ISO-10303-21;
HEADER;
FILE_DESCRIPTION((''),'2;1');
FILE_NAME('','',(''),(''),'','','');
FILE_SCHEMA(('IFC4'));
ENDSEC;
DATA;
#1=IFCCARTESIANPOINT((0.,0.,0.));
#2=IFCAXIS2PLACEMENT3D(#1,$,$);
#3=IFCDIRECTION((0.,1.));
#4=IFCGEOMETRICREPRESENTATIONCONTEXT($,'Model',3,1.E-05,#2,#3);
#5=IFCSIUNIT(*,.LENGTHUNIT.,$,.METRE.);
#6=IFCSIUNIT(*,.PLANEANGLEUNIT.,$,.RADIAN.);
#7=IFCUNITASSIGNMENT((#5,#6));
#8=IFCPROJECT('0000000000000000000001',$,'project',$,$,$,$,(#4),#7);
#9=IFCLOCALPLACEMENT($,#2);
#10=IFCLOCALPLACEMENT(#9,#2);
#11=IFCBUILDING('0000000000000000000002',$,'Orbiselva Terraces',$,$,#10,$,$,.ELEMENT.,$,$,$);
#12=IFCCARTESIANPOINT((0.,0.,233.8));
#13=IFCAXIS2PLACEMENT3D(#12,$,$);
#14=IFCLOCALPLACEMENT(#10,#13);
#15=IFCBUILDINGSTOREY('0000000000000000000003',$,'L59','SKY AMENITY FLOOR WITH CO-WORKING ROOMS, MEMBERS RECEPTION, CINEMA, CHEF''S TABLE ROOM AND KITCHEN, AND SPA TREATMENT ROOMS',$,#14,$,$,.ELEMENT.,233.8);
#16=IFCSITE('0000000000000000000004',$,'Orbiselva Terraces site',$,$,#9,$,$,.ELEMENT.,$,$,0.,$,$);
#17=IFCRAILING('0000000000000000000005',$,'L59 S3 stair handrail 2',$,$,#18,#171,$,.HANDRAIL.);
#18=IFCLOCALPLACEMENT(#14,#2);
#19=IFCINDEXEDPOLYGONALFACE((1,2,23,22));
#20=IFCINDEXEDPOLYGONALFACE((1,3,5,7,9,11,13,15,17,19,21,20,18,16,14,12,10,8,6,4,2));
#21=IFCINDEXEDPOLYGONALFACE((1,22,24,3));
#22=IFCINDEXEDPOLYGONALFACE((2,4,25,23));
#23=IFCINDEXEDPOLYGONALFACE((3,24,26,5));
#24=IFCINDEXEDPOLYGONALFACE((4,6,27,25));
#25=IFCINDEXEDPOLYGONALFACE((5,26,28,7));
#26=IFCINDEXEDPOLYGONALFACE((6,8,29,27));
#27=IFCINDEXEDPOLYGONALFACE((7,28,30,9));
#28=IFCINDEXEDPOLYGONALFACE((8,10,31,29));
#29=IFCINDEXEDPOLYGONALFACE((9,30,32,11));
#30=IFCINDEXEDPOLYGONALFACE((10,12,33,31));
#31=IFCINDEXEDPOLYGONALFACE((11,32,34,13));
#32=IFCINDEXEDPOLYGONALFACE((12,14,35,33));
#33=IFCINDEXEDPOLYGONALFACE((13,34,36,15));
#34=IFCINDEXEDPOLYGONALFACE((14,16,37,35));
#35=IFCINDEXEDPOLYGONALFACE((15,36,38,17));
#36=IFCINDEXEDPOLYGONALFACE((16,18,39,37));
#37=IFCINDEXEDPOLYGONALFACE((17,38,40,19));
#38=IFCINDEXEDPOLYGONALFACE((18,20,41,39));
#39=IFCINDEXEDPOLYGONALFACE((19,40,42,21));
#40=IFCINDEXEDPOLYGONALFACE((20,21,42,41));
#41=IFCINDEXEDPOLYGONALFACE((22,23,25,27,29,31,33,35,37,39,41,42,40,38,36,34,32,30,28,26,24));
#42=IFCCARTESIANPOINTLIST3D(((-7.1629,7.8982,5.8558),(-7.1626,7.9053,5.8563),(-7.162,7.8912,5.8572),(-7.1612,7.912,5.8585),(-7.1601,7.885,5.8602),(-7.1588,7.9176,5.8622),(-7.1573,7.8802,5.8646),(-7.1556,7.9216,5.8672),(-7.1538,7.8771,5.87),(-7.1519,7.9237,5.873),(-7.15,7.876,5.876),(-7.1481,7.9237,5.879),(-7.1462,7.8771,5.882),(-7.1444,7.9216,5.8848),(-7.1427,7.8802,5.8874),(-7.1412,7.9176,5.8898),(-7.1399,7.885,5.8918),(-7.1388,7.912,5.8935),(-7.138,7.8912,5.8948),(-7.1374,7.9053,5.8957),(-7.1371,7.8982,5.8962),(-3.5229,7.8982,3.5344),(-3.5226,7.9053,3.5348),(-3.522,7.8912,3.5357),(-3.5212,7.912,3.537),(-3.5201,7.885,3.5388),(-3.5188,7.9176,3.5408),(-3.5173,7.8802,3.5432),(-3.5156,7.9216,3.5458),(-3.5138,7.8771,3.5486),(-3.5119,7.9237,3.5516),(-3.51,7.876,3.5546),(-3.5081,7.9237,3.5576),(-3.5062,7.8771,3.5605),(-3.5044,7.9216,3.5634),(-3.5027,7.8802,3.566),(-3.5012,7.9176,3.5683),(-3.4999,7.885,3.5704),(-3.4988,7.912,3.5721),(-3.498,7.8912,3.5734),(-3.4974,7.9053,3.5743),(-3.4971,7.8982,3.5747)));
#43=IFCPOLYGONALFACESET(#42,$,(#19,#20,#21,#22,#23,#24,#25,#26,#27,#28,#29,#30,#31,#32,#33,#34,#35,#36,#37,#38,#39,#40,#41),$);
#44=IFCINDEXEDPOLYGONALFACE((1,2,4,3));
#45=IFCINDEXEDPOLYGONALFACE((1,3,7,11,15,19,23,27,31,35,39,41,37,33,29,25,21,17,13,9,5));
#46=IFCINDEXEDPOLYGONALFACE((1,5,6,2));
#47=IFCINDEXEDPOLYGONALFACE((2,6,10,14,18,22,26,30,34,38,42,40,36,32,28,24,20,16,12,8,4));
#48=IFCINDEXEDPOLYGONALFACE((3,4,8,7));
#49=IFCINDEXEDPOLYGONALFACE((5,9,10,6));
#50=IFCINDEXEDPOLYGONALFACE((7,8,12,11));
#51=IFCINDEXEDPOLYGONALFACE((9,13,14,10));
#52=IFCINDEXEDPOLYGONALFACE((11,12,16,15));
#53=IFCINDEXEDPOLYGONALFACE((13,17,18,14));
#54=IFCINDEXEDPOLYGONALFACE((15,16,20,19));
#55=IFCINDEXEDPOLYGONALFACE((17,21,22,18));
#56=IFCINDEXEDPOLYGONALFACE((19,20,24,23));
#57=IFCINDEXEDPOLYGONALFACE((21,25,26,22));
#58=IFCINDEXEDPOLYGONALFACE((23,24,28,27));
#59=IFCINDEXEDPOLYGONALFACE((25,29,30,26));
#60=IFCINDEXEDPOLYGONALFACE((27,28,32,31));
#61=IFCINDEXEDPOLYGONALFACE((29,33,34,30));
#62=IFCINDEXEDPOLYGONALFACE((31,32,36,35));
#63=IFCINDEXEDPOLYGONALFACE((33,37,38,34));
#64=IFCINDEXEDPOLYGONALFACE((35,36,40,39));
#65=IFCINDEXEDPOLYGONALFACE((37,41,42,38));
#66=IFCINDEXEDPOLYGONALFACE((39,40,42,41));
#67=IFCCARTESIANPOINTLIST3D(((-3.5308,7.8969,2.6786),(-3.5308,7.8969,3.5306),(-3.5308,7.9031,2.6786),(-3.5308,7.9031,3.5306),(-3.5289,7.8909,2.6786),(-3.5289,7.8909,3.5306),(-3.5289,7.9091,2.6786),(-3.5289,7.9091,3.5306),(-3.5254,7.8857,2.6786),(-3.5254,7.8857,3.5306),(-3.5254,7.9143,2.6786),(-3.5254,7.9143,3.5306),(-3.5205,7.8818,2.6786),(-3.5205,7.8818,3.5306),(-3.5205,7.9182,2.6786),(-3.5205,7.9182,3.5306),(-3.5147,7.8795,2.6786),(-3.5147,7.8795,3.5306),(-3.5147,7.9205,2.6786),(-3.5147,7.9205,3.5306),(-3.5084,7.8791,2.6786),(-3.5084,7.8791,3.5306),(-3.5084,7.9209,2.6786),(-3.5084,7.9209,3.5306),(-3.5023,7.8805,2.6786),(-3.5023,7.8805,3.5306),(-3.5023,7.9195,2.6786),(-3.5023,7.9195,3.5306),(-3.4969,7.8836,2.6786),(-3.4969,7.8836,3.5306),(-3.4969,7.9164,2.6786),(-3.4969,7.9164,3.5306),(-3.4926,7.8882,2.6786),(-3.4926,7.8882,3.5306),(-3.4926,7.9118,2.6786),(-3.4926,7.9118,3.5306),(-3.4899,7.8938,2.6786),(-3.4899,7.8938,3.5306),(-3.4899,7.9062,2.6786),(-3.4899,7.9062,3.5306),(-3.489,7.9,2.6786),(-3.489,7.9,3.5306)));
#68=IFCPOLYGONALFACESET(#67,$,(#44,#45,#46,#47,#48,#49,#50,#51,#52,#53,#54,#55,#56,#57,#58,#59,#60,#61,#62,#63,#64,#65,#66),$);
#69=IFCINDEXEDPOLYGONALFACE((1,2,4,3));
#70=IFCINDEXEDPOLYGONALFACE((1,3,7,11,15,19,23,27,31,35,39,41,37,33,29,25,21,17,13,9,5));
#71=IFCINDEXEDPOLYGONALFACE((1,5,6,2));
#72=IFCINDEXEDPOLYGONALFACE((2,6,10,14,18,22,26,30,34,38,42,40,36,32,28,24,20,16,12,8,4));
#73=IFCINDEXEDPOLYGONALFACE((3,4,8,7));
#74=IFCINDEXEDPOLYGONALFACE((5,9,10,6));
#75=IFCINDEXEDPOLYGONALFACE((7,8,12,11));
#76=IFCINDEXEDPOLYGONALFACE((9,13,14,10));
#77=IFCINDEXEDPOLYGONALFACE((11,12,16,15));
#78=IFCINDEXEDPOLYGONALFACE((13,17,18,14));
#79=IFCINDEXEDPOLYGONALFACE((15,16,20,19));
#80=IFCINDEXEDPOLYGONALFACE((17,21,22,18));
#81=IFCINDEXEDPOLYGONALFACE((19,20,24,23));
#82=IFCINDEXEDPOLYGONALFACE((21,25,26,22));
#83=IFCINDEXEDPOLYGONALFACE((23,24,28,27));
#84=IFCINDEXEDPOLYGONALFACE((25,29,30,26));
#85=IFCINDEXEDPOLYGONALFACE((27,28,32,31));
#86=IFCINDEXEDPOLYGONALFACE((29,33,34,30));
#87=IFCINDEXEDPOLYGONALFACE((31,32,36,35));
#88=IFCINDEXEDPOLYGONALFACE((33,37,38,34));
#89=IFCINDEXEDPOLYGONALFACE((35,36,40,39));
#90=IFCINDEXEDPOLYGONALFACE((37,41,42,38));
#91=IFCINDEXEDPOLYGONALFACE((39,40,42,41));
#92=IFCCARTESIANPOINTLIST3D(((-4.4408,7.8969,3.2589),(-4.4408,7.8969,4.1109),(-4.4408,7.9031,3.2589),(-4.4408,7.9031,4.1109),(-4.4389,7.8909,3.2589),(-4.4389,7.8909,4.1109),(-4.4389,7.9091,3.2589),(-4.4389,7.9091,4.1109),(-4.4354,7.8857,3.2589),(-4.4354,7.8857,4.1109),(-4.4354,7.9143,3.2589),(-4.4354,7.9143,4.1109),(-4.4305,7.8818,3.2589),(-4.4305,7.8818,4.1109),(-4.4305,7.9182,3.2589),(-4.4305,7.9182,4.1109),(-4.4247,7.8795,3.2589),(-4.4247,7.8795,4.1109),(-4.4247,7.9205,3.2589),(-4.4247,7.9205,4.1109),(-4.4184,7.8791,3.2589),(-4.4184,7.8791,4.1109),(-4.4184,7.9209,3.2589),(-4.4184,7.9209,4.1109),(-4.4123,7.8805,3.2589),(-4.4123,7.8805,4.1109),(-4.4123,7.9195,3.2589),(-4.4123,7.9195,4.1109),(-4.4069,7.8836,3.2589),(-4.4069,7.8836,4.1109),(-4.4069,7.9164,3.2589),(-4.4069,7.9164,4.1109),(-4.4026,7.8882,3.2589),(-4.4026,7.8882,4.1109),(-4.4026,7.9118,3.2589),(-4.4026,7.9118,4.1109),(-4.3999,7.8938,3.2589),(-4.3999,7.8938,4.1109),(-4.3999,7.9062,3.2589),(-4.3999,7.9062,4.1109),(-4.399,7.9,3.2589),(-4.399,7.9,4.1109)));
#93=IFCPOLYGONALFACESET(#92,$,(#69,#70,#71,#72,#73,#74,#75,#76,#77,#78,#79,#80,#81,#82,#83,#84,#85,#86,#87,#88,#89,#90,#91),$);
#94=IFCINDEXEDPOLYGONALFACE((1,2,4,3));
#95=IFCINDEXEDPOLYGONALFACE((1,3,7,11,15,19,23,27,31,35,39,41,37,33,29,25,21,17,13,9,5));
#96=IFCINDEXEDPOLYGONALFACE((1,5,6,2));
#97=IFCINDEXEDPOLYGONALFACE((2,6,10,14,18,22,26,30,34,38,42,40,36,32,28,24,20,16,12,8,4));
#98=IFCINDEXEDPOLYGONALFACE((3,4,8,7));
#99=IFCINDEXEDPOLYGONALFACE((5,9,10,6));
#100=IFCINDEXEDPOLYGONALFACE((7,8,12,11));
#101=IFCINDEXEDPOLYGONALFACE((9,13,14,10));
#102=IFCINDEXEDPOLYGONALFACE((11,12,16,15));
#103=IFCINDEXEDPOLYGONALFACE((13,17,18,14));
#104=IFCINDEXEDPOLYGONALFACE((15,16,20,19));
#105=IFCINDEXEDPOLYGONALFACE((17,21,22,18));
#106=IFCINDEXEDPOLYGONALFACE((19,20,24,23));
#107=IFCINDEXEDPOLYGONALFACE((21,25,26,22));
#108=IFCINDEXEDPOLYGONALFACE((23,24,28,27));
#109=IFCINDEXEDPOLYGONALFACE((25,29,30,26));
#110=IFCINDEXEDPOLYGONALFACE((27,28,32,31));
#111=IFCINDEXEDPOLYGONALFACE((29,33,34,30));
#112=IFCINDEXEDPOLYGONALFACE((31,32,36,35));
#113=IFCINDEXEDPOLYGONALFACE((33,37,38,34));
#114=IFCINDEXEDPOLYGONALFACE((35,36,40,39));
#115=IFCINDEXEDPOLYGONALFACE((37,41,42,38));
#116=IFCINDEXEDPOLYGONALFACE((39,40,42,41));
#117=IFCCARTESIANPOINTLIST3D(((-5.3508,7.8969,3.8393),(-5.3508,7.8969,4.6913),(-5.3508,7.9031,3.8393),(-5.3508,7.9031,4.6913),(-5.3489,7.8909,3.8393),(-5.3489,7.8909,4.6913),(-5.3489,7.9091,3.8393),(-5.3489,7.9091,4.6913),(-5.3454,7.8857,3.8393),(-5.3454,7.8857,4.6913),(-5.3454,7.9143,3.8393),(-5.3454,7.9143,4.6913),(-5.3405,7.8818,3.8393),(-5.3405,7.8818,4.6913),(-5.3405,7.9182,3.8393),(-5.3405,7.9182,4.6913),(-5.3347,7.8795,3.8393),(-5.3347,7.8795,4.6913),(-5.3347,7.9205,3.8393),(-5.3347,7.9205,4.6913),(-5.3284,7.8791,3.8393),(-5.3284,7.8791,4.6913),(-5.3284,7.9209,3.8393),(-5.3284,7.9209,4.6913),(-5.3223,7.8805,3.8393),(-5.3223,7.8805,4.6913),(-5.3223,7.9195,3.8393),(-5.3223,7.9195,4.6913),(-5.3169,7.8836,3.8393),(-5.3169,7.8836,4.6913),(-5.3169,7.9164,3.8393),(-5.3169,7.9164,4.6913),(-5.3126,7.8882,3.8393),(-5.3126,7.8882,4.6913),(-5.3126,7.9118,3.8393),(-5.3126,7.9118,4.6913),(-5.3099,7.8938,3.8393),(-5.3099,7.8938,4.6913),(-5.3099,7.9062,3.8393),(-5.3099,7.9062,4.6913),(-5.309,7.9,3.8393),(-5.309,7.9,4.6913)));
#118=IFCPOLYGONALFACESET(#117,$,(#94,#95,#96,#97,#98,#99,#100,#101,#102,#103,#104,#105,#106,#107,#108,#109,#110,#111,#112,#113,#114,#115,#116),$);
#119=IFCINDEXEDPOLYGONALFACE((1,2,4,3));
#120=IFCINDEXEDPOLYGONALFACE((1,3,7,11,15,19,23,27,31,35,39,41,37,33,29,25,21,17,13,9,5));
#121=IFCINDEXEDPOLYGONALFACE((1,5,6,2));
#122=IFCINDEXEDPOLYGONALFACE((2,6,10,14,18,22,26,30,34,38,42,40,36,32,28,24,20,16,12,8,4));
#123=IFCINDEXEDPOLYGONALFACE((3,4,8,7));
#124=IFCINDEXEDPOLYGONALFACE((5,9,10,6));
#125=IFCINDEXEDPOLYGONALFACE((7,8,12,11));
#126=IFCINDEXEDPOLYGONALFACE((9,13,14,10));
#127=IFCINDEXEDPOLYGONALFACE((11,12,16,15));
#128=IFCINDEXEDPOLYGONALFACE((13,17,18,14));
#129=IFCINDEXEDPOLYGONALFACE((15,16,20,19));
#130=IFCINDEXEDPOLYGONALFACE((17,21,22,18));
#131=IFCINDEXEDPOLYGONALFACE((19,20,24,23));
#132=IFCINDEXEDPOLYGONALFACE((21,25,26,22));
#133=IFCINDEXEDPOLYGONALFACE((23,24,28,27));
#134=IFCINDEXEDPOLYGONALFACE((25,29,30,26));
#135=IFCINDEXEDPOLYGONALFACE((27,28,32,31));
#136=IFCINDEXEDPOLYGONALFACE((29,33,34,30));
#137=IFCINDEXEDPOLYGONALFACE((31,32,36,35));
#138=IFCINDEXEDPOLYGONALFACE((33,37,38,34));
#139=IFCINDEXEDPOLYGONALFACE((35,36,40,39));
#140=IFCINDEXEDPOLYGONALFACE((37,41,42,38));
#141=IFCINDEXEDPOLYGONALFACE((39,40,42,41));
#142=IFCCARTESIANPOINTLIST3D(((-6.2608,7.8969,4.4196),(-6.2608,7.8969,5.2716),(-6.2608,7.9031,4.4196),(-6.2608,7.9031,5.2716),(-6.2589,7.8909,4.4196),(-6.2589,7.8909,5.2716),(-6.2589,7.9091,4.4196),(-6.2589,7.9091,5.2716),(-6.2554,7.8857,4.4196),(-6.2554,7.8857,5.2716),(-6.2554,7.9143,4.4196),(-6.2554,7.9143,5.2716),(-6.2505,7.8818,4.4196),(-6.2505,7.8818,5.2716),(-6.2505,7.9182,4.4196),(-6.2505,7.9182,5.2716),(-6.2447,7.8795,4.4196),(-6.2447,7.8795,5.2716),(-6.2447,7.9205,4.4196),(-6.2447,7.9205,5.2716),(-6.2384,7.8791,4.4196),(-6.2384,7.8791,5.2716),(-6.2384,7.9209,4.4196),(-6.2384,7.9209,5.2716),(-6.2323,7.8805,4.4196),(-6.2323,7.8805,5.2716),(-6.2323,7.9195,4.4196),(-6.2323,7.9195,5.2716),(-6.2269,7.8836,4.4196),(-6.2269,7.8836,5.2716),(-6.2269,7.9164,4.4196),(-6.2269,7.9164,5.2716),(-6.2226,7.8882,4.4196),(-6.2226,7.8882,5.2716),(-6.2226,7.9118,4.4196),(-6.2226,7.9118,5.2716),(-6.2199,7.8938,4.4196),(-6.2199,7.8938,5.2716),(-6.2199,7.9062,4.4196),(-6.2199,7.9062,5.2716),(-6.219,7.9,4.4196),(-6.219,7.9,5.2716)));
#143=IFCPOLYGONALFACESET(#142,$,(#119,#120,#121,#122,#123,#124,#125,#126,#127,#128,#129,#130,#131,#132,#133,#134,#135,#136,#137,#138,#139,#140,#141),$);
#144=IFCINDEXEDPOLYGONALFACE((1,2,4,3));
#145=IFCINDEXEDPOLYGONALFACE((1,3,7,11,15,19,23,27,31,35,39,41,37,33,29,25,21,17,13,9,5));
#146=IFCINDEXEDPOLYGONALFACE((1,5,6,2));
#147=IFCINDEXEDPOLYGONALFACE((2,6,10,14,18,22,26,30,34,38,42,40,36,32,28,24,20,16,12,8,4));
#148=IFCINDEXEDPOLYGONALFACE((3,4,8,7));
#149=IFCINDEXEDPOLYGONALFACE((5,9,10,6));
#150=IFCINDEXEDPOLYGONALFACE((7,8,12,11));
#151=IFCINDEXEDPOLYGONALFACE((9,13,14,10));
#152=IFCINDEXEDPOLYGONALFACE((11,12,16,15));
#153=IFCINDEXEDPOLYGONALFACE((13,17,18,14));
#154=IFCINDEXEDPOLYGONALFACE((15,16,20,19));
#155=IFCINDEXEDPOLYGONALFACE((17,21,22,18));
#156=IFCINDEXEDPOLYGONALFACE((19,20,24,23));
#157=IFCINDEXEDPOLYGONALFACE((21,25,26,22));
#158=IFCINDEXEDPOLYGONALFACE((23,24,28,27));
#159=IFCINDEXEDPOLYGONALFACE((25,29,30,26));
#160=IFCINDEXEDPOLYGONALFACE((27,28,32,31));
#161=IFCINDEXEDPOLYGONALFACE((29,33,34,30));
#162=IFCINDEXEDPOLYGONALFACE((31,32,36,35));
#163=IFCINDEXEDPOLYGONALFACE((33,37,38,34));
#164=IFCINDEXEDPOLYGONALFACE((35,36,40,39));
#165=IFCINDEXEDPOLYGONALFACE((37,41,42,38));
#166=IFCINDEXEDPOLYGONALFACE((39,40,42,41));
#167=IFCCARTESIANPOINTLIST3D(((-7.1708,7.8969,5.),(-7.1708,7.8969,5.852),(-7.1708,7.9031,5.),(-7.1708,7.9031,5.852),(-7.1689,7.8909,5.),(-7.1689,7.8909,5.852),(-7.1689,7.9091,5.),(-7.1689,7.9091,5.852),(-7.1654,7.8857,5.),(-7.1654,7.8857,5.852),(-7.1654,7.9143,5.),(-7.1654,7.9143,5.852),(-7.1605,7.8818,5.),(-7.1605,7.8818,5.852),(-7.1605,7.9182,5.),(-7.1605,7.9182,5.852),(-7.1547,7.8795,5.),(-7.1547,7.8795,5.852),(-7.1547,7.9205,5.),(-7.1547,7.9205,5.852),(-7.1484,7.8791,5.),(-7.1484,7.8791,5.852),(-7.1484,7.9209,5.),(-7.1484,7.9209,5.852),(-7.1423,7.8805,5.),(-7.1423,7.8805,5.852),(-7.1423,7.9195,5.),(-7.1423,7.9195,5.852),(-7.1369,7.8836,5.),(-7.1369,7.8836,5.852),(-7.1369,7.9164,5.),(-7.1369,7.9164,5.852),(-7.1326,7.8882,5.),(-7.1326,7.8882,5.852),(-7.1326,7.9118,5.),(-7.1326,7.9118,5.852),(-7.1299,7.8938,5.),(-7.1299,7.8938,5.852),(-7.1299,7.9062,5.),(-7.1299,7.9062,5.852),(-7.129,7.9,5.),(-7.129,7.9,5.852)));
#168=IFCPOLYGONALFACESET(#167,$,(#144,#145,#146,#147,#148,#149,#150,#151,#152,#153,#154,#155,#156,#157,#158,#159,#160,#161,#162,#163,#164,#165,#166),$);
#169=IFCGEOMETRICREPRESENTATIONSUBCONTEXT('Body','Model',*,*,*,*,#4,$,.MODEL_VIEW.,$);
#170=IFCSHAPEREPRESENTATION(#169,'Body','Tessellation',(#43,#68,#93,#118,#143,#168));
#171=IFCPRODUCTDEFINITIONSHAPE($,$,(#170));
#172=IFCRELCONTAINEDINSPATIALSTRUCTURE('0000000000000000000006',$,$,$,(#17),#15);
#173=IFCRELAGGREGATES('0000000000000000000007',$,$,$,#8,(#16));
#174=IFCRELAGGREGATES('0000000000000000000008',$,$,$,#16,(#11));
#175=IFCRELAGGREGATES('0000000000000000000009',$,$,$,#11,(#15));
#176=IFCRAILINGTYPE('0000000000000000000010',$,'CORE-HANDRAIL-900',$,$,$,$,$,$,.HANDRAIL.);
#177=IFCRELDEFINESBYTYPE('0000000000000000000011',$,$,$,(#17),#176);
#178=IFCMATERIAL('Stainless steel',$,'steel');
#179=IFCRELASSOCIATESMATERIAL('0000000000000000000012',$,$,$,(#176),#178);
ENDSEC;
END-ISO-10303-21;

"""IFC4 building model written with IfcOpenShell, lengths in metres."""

from ifc_helpers import new_model, si_unit, direction, frame, origin, origin_2d, place, context, subcontext, project, spatial, circle, extrude, material, type_object, element, save


model = new_model("IFC4")

# Units and contexts
model_context = context("Model", 3, precision=1e-05, world=origin(), true_north=direction((0.0, 1.0)))
body_context = subcontext(model_context, "Body", "Model", "MODEL_VIEW")
ifc_project = project(units=[si_unit("LENGTHUNIT", "METRE"), si_unit("PLANEANGLEUNIT", "RADIAN")], contexts=[model_context])

# Site, building, storey
site_placement = place(None, origin())
site = spatial("IfcSite", under=ifc_project, at=site_placement, Name="Orbiselva Terraces site", CompositionType="ELEMENT", RefElevation=0.0)
building_placement = place(site_placement, origin())
building = spatial("IfcBuilding", under=site, at=building_placement, Name="Orbiselva Terraces", CompositionType="ELEMENT")
storey_placement = place(building_placement, frame((0.0, 0.0, 233.8)))
storey = spatial("IfcBuildingStorey", under=building, at=storey_placement, Name="L59", Description="SKY AMENITY FLOOR WITH CO-WORKING ROOMS, MEMBERS RECEPTION, CINEMA, CHEF'S TABLE ROOM AND KITCHEN, AND SPA TREATMENT ROOMS", CompositionType="ELEMENT", Elevation=233.8)

# Railing
ifc_material_1 = material(Name="Stainless steel", Category="steel")
railing_type_1 = type_object("IfcRailingType", Name="CORE-HANDRAIL-900", PredefinedType="HANDRAIL", material=ifc_material_1)
railing_1_placement = place(storey_placement, frame((-3.51, 7.9, 2.6786)))
element("IfcRailing", 1, at=railing_1_placement, inside=storey, type_object=railing_type_1, Name="L59 S3 stair handrail 2", PredefinedType="HANDRAIL", context=body_context, shape_type="SweptSolid", body=[
    extrude(circle(Radius=0.024, at=origin_2d()), frame((0.0, 0.0, 0.876), z_axis=(-0.84313, 0.0, 0.53771), x_axis=(0.0, -1.0, 0.0)), (0.0, 0.0, 1.0), 4.3172),
    extrude(circle(Radius=0.021, at=origin_2d()), origin(), (0.0, 0.0, 1.0), 0.852),
    extrude(circle(Radius=0.021, at=origin_2d()), frame((-0.91, 0.0, 0.5804)), (0.0, 0.0, 1.0), 0.852),
    extrude(circle(Radius=0.021, at=origin_2d()), frame((-1.82, 0.0, 1.1607)), (0.0, 0.0, 1.0), 0.852),
    extrude(circle(Radius=0.021, at=origin_2d()), frame((-2.73, 0.0, 1.7411)), (0.0, 0.0, 1.0), 0.852),
    extrude(circle(Radius=0.021, at=origin_2d()), frame((-3.64, 0.0, 2.3214)), (0.0, 0.0, 1.0), 0.852),
])

save(model, "model.ifc")
